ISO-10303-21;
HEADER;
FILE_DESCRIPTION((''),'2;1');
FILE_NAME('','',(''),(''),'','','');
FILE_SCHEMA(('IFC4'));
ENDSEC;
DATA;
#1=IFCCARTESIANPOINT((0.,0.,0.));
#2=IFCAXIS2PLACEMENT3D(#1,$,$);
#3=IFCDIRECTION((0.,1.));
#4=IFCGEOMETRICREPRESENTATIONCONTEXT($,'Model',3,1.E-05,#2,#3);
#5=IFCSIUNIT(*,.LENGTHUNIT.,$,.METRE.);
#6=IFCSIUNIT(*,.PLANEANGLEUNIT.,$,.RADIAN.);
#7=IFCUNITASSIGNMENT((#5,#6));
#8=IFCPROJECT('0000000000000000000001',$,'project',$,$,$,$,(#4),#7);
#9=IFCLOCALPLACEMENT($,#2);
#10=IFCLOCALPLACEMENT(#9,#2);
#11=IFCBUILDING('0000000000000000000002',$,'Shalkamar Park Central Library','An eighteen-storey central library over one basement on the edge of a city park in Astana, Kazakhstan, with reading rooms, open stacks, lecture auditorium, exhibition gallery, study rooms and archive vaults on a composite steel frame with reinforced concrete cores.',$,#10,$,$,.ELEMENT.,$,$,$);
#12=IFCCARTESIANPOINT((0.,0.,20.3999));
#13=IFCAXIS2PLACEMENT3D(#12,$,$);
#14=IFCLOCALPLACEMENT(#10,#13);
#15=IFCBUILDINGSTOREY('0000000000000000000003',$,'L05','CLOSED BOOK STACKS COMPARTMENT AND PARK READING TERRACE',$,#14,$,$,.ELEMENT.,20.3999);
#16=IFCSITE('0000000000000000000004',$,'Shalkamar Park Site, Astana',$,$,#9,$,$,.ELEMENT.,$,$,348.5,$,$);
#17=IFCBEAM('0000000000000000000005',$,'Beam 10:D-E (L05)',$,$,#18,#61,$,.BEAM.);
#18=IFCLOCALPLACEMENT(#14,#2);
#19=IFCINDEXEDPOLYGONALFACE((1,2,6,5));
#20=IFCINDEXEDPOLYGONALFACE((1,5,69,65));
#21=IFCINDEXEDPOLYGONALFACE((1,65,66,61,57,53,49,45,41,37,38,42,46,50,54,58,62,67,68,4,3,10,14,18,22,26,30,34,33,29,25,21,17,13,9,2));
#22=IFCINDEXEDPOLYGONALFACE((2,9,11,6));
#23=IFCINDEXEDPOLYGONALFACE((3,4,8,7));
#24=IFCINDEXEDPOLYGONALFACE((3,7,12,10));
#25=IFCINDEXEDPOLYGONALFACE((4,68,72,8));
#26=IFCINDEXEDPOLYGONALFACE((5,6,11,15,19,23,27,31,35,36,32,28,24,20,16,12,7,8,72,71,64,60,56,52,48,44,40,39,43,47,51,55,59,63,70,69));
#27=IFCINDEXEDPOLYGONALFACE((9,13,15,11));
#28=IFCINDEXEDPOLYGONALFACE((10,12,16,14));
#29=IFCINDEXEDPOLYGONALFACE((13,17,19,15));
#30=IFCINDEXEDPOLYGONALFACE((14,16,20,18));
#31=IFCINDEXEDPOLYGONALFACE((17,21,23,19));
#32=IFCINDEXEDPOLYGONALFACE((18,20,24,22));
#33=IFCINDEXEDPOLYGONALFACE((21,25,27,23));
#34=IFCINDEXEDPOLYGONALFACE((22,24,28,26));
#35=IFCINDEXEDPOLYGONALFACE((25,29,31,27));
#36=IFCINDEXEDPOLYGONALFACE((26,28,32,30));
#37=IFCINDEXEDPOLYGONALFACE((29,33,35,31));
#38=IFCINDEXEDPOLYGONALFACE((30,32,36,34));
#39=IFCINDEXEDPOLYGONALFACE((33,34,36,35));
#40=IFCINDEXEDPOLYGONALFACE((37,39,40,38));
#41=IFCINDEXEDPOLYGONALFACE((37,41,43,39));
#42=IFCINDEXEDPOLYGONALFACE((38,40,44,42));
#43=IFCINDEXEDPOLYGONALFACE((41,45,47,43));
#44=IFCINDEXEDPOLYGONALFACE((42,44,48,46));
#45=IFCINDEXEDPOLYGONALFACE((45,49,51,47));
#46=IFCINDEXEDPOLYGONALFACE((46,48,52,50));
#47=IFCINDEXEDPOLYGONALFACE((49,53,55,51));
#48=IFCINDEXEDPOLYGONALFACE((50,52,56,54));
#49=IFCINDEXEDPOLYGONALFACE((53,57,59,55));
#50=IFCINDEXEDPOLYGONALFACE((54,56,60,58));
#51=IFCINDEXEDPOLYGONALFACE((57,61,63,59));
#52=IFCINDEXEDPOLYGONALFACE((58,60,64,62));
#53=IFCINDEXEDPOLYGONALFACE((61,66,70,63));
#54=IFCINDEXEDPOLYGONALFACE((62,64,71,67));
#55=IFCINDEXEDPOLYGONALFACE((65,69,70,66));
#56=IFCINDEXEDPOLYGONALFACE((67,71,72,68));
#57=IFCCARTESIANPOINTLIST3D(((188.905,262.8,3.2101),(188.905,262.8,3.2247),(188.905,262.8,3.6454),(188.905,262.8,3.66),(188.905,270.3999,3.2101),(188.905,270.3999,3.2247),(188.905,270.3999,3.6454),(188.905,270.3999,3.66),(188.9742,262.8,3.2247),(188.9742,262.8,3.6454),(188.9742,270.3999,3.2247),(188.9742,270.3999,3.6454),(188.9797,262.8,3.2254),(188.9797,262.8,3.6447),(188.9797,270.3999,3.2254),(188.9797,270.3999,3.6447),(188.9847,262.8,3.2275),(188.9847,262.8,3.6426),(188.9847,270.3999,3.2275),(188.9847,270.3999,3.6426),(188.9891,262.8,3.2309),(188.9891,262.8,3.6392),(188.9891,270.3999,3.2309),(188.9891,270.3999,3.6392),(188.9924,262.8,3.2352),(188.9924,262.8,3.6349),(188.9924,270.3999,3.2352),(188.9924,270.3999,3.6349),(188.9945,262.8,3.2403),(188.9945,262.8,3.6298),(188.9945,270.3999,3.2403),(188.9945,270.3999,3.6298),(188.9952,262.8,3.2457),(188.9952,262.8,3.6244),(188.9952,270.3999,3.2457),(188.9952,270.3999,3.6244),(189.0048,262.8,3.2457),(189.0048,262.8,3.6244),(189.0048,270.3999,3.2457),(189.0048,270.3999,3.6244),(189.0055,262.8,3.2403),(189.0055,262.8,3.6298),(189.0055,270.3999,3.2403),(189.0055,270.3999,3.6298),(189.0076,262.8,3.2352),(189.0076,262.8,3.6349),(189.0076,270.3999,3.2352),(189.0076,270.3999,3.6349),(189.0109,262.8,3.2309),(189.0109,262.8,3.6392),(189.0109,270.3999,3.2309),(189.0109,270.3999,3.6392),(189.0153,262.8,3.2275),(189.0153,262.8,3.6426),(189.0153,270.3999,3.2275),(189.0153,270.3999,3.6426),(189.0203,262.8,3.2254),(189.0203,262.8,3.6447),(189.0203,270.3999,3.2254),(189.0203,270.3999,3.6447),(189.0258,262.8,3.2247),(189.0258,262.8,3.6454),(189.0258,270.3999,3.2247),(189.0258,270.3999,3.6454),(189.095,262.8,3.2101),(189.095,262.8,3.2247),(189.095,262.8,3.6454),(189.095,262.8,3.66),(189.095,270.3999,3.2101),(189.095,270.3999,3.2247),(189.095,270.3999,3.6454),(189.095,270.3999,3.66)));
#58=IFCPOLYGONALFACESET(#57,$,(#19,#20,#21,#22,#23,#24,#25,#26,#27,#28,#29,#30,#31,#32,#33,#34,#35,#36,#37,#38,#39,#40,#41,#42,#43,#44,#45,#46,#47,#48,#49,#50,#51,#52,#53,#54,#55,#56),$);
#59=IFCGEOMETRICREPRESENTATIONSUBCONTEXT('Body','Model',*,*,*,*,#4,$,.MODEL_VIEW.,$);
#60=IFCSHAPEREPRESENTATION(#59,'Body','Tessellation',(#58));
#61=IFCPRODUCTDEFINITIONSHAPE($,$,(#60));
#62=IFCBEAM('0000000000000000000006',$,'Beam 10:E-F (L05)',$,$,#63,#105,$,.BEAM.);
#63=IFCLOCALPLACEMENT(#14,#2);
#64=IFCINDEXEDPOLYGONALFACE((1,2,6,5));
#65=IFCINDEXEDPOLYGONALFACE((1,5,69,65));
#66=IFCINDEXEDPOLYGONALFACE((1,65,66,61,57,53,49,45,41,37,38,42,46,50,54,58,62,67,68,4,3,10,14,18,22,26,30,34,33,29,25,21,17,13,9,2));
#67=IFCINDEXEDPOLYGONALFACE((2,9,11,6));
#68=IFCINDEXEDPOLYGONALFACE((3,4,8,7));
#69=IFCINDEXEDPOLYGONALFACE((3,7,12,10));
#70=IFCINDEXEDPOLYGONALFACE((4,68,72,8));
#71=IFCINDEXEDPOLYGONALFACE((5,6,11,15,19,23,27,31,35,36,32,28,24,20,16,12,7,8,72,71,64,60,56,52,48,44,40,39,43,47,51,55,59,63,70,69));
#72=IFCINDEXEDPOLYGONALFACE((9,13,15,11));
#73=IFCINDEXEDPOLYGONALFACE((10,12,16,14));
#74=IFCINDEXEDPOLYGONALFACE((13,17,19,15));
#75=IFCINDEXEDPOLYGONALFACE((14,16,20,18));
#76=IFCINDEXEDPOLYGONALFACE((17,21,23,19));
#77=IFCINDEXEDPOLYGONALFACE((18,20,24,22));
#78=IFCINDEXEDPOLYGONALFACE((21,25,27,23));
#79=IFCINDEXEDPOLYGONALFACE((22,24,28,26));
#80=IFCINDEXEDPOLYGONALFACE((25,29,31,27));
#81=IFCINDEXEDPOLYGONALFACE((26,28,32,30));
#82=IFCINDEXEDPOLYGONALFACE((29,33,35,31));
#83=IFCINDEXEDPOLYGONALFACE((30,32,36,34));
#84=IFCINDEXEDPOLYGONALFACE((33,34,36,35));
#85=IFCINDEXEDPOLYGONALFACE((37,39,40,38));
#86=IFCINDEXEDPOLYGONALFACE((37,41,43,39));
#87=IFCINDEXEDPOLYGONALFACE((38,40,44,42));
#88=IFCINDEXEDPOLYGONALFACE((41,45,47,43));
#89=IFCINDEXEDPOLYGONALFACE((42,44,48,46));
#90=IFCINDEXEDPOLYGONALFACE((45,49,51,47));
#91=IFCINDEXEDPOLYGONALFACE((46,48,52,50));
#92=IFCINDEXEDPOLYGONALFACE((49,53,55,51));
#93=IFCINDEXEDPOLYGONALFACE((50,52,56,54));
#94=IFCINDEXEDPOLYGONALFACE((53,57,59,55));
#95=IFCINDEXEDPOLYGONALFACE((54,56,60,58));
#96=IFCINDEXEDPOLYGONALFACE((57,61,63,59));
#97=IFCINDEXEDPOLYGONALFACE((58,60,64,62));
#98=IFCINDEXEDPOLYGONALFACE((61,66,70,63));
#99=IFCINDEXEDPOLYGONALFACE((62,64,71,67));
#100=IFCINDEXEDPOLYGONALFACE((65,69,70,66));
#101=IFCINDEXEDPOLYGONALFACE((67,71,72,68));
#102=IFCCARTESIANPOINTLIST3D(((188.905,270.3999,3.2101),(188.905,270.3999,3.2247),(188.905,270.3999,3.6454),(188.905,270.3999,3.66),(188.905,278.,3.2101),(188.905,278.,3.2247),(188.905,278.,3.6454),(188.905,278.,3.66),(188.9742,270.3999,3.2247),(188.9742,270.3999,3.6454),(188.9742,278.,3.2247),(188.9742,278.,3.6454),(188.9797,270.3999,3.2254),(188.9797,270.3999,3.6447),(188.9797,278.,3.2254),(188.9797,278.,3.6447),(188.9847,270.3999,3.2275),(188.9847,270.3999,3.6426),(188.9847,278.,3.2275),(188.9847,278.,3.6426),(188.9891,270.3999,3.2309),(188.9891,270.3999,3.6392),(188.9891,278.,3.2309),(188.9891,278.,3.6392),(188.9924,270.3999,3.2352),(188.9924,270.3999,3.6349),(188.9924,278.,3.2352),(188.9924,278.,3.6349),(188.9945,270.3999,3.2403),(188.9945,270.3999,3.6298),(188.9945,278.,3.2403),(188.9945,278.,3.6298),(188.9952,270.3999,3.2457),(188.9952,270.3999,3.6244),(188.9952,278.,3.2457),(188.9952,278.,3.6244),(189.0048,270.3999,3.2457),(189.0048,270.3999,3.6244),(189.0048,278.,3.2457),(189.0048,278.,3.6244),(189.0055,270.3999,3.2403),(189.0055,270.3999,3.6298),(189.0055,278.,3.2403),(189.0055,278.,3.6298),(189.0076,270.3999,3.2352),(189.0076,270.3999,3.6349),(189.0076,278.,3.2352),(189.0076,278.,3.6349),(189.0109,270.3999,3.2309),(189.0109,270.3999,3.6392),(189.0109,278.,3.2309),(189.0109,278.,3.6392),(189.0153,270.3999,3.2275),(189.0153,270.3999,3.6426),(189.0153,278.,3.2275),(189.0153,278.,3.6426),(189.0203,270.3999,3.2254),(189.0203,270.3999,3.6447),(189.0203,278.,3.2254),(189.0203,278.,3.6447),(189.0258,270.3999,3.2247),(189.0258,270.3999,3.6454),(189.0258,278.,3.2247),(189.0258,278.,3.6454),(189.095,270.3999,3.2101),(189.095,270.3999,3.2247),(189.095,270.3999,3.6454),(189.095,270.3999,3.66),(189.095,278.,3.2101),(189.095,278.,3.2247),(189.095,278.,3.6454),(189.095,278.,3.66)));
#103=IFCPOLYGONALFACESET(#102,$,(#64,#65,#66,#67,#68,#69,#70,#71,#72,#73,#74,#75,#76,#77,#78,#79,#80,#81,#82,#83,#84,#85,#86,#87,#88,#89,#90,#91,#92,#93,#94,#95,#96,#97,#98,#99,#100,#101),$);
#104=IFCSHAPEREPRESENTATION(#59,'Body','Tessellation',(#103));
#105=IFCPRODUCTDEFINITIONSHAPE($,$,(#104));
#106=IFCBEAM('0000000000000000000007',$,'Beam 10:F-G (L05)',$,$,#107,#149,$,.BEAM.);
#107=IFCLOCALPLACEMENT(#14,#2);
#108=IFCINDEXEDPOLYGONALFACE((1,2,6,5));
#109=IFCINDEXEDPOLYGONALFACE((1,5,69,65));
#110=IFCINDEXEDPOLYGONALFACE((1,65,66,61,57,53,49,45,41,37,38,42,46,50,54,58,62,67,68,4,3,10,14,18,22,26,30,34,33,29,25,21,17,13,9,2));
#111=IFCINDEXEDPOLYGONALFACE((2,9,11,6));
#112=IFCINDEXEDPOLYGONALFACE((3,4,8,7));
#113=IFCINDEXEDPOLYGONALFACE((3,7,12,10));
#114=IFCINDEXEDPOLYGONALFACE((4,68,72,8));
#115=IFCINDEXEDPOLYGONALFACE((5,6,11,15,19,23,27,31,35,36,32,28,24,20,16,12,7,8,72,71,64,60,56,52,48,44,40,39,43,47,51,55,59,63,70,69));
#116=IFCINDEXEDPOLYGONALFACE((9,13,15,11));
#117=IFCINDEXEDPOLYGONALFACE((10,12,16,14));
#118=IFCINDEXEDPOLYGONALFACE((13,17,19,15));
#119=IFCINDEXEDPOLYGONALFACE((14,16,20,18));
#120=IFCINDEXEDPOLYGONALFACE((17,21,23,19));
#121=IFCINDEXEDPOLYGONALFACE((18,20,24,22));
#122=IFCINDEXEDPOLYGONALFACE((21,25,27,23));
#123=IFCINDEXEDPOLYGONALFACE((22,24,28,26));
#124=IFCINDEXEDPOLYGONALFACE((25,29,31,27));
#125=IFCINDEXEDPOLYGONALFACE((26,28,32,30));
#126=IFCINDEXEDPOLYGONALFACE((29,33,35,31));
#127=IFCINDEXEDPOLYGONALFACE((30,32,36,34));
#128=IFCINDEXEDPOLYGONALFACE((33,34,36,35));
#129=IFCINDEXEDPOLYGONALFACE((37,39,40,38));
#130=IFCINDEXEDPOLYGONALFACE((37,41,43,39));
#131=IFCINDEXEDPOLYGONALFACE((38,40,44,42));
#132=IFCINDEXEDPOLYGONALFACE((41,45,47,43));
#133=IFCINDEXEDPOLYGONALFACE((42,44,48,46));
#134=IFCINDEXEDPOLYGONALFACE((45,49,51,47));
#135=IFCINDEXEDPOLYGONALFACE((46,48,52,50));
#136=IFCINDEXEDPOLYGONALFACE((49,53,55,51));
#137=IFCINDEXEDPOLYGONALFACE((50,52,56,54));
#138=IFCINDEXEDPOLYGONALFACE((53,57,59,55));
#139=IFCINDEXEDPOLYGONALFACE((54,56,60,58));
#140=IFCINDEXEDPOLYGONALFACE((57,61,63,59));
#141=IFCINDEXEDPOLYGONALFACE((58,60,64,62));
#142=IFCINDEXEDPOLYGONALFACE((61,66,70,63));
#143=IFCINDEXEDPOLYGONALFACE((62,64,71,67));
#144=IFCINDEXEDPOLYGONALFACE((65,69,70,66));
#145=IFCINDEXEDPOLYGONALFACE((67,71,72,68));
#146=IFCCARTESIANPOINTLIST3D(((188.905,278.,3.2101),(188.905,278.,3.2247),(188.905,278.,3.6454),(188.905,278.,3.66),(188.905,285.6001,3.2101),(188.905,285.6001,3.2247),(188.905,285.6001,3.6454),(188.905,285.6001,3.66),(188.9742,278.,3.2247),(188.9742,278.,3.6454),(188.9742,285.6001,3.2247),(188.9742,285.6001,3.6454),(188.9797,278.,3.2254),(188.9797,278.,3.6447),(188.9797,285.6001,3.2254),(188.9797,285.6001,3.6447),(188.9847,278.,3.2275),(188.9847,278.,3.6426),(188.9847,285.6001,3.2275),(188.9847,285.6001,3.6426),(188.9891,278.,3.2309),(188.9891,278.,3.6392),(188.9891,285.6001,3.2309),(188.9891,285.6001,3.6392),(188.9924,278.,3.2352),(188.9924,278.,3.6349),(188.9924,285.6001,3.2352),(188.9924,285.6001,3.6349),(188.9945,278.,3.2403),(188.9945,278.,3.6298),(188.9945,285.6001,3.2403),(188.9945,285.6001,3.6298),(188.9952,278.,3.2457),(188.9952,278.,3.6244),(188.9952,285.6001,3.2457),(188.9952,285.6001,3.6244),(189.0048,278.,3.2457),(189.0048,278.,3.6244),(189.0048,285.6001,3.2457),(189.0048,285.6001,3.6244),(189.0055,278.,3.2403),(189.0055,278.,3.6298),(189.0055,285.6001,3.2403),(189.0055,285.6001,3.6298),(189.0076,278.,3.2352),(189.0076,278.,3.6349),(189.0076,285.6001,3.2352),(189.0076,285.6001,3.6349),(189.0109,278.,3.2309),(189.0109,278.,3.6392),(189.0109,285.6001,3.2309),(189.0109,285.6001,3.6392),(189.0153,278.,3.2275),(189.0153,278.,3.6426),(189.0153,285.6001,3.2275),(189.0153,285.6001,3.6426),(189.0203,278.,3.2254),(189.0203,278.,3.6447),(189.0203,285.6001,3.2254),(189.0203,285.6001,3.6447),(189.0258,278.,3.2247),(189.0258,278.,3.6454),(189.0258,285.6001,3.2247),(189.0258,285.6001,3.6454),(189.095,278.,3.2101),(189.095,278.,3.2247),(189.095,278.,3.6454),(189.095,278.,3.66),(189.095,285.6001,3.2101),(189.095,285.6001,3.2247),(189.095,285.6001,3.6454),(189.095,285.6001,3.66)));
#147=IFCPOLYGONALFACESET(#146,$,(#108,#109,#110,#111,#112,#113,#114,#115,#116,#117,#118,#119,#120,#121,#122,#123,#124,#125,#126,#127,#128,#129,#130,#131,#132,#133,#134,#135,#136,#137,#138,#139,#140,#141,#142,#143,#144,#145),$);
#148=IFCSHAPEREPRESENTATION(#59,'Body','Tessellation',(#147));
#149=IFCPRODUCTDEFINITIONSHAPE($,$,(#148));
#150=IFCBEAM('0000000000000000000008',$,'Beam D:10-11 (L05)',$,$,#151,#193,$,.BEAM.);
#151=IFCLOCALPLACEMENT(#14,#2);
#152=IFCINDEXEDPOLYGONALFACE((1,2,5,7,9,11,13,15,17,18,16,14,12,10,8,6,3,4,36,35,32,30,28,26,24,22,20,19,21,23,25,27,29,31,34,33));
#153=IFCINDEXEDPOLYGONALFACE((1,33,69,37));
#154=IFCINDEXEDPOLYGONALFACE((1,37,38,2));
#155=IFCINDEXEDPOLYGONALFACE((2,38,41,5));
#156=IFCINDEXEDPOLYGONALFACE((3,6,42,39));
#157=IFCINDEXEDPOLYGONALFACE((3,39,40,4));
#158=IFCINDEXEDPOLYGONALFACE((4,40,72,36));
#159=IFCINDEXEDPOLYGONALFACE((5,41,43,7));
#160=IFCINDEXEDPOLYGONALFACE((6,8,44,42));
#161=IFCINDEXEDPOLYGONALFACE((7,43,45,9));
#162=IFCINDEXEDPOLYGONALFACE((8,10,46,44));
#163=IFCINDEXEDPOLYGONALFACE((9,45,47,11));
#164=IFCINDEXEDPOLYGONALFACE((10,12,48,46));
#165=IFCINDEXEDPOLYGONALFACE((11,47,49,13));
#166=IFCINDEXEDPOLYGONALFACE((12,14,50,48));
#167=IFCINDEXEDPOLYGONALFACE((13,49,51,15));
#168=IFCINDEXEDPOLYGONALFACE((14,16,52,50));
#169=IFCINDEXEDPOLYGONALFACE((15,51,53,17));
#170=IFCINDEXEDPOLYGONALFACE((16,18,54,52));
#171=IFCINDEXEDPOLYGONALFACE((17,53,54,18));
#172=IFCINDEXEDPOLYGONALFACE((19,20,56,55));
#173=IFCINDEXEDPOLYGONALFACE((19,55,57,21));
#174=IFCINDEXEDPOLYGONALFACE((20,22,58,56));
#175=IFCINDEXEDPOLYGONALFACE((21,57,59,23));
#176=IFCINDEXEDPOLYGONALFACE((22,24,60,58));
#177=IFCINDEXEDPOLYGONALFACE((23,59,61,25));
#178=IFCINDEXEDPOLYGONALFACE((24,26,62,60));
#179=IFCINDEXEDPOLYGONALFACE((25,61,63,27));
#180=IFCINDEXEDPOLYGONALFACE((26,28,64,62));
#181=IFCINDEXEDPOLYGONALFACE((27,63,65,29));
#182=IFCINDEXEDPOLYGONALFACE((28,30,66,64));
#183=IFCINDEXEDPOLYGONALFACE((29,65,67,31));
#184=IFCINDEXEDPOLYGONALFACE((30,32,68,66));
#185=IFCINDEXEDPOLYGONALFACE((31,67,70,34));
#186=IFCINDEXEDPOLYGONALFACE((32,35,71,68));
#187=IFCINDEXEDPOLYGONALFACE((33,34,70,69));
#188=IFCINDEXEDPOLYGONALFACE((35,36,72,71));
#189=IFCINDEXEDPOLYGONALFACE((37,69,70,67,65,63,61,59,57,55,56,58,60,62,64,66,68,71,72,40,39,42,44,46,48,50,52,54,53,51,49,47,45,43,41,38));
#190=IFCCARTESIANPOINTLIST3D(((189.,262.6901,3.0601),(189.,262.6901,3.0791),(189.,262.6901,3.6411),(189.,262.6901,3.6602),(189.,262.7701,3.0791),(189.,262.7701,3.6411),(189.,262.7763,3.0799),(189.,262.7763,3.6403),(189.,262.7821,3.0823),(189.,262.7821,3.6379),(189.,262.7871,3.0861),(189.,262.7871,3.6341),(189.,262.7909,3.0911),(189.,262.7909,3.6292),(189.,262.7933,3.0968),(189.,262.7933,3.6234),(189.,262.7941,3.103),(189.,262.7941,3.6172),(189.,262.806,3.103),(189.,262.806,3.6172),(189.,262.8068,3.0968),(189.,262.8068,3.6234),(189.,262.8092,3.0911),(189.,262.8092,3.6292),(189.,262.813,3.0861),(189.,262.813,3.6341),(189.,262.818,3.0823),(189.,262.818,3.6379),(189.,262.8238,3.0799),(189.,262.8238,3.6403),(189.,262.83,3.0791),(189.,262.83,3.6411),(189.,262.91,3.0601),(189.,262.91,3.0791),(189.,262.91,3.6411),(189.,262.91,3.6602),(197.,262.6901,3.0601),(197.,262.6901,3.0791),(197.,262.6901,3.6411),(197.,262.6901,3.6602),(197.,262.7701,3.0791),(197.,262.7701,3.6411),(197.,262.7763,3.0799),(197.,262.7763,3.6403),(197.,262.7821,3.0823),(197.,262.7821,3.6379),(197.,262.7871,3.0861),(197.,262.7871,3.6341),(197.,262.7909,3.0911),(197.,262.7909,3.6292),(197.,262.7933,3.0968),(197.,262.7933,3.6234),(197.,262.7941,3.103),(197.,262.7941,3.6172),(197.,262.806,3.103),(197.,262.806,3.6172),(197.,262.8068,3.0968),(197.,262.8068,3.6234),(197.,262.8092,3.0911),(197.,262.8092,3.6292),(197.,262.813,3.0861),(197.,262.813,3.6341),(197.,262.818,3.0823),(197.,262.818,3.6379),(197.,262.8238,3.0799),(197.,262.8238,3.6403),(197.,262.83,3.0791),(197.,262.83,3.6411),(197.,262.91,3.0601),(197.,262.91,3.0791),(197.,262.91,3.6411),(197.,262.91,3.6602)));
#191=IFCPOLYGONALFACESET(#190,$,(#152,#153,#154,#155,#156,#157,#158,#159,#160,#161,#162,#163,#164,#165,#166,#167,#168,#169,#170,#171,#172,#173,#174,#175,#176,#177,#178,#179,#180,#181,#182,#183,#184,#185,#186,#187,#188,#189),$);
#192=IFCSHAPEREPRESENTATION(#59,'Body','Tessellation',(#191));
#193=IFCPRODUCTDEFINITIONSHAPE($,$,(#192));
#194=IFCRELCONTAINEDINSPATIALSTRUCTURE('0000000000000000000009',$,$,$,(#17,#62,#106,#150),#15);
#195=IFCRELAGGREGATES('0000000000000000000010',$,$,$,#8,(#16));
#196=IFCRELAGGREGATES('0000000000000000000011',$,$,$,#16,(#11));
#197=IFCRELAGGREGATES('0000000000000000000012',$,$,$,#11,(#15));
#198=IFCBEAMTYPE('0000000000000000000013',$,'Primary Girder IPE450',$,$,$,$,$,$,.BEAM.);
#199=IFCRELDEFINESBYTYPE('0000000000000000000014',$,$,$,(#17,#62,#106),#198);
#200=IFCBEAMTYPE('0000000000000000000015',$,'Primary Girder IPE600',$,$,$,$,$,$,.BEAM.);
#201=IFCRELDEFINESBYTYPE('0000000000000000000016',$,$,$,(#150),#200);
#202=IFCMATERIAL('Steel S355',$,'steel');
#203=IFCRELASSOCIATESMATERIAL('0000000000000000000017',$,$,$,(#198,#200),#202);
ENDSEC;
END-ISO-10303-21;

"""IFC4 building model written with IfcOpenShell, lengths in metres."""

from ifc_helpers import new_model, si_unit, direction, frame, origin, origin_2d, place, context, subcontext, project, spatial, i_section, extrude, material, material_profile, profile_set, type_object, element, save


model = new_model("IFC4")

# Units and contexts
model_context = context("Model", 3, precision=1e-05, world=origin(), true_north=direction((0.0, 1.0)))
body_context = subcontext(model_context, "Body", "Model", "MODEL_VIEW")
ifc_project = project(units=[si_unit("LENGTHUNIT", "METRE"), si_unit("PLANEANGLEUNIT", "RADIAN")], contexts=[model_context])

# Site, building, storey
site_placement = place(None, origin())
site = spatial("IfcSite", under=ifc_project, at=site_placement, Name="Shalkamar Park Site, Astana", CompositionType="ELEMENT", RefElevation=348.5)
building_placement = place(site_placement, origin())
building = spatial("IfcBuilding", under=site, at=building_placement, Name="Shalkamar Park Central Library", Description="An eighteen-storey central library over one basement on the edge of a city park in Astana, Kazakhstan, with reading rooms, open stacks, lecture auditorium, exhibition gallery, study rooms and archive vaults on a composite steel frame with reinforced concrete cores.", CompositionType="ELEMENT")
storey_placement = place(building_placement, frame((0.0, 0.0, 20.3999)))
storey = spatial("IfcBuildingStorey", under=building, at=storey_placement, Name="L05", Description="CLOSED BOOK STACKS COMPARTMENT AND PARK READING TERRACE", CompositionType="ELEMENT", Elevation=20.3999)

# Shared definitions
ifc_material_1 = material(Name="Steel S355", Category="steel")

# Beams
ifc_material_profile_1 = material_profile(ifc_material_1, i_section(OverallWidth=0.1899, OverallDepth=0.45, WebThickness=0.0095, FlangeThickness=0.0146, FilletRadius=0.021, at=origin_2d()), Name="IPE 450")
ifc_profile_set_1 = profile_set([ifc_material_profile_1], Name="Steel S355")
beam_type_1 = type_object("IfcBeamType", Name="Primary Girder IPE450", PredefinedType="BEAM", material=ifc_profile_set_1)
beam_1_placement = place(storey_placement, frame((189.0, 262.8, 3.4351), z_axis=(0.0, 1.0, 0.0), x_axis=(-1.0, 0.0, 0.0)))
element("IfcBeam", 1, at=beam_1_placement, inside=storey, type_object=beam_type_1, Name="Beam 10:D-E (L05)", PredefinedType="BEAM", context=body_context, shape_type="SweptSolid", body=[
    extrude(i_section(OverallWidth=0.1899, OverallDepth=0.45, WebThickness=0.0095, FlangeThickness=0.0146, FilletRadius=0.021, at=origin_2d()), origin(), (0.0, 0.0, 1.0), 7.5999),
])
for number, where, z_axis, x_axis, name in (
    (2, (189.0, 270.3999, 3.4351), (0.0, 1.0, 0.0), (-1.0, 0.0, 0.0), "Beam 10:E-F (L05)"),
    (3, (189.0, 278.0, 3.4351), (0.0, 1.0, 0.0), (-1.0, 0.0, 0.0), "Beam 10:F-G (L05)"),
):
    element("IfcBeam", number, at=place(storey_placement, frame(where, z_axis=z_axis, x_axis=x_axis)), inside=storey, type_object=beam_type_1, Name=name, PredefinedType="BEAM", context=body_context, shape_type="SweptSolid", body=[
        extrude(i_section(OverallWidth=0.1899, OverallDepth=0.45, WebThickness=0.0095, FlangeThickness=0.0146, FilletRadius=0.021, at=origin_2d()), origin(), (0.0, 0.0, 1.0), 7.6001),
    ])
ifc_material_profile_2 = material_profile(ifc_material_1, i_section(OverallWidth=0.22, OverallDepth=0.6001, WebThickness=0.012, FlangeThickness=0.019, FilletRadius=0.0239, at=origin_2d()), Name="IPE 600")
ifc_profile_set_2 = profile_set([ifc_material_profile_2], Name="Steel S355")
beam_type_2 = type_object("IfcBeamType", Name="Primary Girder IPE600", PredefinedType="BEAM", material=ifc_profile_set_2)
for number, where, z_axis, x_axis, name in (
    (4, (189.0, 262.8, 3.3601), (1.0, 0.0, 0.0), (0.0, 1.0, 0.0), "Beam D:10-11 (L05)"),
):
    element("IfcBeam", number, at=place(storey_placement, frame(where, z_axis=z_axis, x_axis=x_axis)), inside=storey, type_object=beam_type_2, Name=name, PredefinedType="BEAM", context=body_context, shape_type="SweptSolid", body=[
        extrude(i_section(OverallWidth=0.22, OverallDepth=0.6001, WebThickness=0.012, FlangeThickness=0.019, FilletRadius=0.0239, at=origin_2d()), origin(), (0.0, 0.0, 1.0), 8.0),
    ])

save(model, "model.ifc")
